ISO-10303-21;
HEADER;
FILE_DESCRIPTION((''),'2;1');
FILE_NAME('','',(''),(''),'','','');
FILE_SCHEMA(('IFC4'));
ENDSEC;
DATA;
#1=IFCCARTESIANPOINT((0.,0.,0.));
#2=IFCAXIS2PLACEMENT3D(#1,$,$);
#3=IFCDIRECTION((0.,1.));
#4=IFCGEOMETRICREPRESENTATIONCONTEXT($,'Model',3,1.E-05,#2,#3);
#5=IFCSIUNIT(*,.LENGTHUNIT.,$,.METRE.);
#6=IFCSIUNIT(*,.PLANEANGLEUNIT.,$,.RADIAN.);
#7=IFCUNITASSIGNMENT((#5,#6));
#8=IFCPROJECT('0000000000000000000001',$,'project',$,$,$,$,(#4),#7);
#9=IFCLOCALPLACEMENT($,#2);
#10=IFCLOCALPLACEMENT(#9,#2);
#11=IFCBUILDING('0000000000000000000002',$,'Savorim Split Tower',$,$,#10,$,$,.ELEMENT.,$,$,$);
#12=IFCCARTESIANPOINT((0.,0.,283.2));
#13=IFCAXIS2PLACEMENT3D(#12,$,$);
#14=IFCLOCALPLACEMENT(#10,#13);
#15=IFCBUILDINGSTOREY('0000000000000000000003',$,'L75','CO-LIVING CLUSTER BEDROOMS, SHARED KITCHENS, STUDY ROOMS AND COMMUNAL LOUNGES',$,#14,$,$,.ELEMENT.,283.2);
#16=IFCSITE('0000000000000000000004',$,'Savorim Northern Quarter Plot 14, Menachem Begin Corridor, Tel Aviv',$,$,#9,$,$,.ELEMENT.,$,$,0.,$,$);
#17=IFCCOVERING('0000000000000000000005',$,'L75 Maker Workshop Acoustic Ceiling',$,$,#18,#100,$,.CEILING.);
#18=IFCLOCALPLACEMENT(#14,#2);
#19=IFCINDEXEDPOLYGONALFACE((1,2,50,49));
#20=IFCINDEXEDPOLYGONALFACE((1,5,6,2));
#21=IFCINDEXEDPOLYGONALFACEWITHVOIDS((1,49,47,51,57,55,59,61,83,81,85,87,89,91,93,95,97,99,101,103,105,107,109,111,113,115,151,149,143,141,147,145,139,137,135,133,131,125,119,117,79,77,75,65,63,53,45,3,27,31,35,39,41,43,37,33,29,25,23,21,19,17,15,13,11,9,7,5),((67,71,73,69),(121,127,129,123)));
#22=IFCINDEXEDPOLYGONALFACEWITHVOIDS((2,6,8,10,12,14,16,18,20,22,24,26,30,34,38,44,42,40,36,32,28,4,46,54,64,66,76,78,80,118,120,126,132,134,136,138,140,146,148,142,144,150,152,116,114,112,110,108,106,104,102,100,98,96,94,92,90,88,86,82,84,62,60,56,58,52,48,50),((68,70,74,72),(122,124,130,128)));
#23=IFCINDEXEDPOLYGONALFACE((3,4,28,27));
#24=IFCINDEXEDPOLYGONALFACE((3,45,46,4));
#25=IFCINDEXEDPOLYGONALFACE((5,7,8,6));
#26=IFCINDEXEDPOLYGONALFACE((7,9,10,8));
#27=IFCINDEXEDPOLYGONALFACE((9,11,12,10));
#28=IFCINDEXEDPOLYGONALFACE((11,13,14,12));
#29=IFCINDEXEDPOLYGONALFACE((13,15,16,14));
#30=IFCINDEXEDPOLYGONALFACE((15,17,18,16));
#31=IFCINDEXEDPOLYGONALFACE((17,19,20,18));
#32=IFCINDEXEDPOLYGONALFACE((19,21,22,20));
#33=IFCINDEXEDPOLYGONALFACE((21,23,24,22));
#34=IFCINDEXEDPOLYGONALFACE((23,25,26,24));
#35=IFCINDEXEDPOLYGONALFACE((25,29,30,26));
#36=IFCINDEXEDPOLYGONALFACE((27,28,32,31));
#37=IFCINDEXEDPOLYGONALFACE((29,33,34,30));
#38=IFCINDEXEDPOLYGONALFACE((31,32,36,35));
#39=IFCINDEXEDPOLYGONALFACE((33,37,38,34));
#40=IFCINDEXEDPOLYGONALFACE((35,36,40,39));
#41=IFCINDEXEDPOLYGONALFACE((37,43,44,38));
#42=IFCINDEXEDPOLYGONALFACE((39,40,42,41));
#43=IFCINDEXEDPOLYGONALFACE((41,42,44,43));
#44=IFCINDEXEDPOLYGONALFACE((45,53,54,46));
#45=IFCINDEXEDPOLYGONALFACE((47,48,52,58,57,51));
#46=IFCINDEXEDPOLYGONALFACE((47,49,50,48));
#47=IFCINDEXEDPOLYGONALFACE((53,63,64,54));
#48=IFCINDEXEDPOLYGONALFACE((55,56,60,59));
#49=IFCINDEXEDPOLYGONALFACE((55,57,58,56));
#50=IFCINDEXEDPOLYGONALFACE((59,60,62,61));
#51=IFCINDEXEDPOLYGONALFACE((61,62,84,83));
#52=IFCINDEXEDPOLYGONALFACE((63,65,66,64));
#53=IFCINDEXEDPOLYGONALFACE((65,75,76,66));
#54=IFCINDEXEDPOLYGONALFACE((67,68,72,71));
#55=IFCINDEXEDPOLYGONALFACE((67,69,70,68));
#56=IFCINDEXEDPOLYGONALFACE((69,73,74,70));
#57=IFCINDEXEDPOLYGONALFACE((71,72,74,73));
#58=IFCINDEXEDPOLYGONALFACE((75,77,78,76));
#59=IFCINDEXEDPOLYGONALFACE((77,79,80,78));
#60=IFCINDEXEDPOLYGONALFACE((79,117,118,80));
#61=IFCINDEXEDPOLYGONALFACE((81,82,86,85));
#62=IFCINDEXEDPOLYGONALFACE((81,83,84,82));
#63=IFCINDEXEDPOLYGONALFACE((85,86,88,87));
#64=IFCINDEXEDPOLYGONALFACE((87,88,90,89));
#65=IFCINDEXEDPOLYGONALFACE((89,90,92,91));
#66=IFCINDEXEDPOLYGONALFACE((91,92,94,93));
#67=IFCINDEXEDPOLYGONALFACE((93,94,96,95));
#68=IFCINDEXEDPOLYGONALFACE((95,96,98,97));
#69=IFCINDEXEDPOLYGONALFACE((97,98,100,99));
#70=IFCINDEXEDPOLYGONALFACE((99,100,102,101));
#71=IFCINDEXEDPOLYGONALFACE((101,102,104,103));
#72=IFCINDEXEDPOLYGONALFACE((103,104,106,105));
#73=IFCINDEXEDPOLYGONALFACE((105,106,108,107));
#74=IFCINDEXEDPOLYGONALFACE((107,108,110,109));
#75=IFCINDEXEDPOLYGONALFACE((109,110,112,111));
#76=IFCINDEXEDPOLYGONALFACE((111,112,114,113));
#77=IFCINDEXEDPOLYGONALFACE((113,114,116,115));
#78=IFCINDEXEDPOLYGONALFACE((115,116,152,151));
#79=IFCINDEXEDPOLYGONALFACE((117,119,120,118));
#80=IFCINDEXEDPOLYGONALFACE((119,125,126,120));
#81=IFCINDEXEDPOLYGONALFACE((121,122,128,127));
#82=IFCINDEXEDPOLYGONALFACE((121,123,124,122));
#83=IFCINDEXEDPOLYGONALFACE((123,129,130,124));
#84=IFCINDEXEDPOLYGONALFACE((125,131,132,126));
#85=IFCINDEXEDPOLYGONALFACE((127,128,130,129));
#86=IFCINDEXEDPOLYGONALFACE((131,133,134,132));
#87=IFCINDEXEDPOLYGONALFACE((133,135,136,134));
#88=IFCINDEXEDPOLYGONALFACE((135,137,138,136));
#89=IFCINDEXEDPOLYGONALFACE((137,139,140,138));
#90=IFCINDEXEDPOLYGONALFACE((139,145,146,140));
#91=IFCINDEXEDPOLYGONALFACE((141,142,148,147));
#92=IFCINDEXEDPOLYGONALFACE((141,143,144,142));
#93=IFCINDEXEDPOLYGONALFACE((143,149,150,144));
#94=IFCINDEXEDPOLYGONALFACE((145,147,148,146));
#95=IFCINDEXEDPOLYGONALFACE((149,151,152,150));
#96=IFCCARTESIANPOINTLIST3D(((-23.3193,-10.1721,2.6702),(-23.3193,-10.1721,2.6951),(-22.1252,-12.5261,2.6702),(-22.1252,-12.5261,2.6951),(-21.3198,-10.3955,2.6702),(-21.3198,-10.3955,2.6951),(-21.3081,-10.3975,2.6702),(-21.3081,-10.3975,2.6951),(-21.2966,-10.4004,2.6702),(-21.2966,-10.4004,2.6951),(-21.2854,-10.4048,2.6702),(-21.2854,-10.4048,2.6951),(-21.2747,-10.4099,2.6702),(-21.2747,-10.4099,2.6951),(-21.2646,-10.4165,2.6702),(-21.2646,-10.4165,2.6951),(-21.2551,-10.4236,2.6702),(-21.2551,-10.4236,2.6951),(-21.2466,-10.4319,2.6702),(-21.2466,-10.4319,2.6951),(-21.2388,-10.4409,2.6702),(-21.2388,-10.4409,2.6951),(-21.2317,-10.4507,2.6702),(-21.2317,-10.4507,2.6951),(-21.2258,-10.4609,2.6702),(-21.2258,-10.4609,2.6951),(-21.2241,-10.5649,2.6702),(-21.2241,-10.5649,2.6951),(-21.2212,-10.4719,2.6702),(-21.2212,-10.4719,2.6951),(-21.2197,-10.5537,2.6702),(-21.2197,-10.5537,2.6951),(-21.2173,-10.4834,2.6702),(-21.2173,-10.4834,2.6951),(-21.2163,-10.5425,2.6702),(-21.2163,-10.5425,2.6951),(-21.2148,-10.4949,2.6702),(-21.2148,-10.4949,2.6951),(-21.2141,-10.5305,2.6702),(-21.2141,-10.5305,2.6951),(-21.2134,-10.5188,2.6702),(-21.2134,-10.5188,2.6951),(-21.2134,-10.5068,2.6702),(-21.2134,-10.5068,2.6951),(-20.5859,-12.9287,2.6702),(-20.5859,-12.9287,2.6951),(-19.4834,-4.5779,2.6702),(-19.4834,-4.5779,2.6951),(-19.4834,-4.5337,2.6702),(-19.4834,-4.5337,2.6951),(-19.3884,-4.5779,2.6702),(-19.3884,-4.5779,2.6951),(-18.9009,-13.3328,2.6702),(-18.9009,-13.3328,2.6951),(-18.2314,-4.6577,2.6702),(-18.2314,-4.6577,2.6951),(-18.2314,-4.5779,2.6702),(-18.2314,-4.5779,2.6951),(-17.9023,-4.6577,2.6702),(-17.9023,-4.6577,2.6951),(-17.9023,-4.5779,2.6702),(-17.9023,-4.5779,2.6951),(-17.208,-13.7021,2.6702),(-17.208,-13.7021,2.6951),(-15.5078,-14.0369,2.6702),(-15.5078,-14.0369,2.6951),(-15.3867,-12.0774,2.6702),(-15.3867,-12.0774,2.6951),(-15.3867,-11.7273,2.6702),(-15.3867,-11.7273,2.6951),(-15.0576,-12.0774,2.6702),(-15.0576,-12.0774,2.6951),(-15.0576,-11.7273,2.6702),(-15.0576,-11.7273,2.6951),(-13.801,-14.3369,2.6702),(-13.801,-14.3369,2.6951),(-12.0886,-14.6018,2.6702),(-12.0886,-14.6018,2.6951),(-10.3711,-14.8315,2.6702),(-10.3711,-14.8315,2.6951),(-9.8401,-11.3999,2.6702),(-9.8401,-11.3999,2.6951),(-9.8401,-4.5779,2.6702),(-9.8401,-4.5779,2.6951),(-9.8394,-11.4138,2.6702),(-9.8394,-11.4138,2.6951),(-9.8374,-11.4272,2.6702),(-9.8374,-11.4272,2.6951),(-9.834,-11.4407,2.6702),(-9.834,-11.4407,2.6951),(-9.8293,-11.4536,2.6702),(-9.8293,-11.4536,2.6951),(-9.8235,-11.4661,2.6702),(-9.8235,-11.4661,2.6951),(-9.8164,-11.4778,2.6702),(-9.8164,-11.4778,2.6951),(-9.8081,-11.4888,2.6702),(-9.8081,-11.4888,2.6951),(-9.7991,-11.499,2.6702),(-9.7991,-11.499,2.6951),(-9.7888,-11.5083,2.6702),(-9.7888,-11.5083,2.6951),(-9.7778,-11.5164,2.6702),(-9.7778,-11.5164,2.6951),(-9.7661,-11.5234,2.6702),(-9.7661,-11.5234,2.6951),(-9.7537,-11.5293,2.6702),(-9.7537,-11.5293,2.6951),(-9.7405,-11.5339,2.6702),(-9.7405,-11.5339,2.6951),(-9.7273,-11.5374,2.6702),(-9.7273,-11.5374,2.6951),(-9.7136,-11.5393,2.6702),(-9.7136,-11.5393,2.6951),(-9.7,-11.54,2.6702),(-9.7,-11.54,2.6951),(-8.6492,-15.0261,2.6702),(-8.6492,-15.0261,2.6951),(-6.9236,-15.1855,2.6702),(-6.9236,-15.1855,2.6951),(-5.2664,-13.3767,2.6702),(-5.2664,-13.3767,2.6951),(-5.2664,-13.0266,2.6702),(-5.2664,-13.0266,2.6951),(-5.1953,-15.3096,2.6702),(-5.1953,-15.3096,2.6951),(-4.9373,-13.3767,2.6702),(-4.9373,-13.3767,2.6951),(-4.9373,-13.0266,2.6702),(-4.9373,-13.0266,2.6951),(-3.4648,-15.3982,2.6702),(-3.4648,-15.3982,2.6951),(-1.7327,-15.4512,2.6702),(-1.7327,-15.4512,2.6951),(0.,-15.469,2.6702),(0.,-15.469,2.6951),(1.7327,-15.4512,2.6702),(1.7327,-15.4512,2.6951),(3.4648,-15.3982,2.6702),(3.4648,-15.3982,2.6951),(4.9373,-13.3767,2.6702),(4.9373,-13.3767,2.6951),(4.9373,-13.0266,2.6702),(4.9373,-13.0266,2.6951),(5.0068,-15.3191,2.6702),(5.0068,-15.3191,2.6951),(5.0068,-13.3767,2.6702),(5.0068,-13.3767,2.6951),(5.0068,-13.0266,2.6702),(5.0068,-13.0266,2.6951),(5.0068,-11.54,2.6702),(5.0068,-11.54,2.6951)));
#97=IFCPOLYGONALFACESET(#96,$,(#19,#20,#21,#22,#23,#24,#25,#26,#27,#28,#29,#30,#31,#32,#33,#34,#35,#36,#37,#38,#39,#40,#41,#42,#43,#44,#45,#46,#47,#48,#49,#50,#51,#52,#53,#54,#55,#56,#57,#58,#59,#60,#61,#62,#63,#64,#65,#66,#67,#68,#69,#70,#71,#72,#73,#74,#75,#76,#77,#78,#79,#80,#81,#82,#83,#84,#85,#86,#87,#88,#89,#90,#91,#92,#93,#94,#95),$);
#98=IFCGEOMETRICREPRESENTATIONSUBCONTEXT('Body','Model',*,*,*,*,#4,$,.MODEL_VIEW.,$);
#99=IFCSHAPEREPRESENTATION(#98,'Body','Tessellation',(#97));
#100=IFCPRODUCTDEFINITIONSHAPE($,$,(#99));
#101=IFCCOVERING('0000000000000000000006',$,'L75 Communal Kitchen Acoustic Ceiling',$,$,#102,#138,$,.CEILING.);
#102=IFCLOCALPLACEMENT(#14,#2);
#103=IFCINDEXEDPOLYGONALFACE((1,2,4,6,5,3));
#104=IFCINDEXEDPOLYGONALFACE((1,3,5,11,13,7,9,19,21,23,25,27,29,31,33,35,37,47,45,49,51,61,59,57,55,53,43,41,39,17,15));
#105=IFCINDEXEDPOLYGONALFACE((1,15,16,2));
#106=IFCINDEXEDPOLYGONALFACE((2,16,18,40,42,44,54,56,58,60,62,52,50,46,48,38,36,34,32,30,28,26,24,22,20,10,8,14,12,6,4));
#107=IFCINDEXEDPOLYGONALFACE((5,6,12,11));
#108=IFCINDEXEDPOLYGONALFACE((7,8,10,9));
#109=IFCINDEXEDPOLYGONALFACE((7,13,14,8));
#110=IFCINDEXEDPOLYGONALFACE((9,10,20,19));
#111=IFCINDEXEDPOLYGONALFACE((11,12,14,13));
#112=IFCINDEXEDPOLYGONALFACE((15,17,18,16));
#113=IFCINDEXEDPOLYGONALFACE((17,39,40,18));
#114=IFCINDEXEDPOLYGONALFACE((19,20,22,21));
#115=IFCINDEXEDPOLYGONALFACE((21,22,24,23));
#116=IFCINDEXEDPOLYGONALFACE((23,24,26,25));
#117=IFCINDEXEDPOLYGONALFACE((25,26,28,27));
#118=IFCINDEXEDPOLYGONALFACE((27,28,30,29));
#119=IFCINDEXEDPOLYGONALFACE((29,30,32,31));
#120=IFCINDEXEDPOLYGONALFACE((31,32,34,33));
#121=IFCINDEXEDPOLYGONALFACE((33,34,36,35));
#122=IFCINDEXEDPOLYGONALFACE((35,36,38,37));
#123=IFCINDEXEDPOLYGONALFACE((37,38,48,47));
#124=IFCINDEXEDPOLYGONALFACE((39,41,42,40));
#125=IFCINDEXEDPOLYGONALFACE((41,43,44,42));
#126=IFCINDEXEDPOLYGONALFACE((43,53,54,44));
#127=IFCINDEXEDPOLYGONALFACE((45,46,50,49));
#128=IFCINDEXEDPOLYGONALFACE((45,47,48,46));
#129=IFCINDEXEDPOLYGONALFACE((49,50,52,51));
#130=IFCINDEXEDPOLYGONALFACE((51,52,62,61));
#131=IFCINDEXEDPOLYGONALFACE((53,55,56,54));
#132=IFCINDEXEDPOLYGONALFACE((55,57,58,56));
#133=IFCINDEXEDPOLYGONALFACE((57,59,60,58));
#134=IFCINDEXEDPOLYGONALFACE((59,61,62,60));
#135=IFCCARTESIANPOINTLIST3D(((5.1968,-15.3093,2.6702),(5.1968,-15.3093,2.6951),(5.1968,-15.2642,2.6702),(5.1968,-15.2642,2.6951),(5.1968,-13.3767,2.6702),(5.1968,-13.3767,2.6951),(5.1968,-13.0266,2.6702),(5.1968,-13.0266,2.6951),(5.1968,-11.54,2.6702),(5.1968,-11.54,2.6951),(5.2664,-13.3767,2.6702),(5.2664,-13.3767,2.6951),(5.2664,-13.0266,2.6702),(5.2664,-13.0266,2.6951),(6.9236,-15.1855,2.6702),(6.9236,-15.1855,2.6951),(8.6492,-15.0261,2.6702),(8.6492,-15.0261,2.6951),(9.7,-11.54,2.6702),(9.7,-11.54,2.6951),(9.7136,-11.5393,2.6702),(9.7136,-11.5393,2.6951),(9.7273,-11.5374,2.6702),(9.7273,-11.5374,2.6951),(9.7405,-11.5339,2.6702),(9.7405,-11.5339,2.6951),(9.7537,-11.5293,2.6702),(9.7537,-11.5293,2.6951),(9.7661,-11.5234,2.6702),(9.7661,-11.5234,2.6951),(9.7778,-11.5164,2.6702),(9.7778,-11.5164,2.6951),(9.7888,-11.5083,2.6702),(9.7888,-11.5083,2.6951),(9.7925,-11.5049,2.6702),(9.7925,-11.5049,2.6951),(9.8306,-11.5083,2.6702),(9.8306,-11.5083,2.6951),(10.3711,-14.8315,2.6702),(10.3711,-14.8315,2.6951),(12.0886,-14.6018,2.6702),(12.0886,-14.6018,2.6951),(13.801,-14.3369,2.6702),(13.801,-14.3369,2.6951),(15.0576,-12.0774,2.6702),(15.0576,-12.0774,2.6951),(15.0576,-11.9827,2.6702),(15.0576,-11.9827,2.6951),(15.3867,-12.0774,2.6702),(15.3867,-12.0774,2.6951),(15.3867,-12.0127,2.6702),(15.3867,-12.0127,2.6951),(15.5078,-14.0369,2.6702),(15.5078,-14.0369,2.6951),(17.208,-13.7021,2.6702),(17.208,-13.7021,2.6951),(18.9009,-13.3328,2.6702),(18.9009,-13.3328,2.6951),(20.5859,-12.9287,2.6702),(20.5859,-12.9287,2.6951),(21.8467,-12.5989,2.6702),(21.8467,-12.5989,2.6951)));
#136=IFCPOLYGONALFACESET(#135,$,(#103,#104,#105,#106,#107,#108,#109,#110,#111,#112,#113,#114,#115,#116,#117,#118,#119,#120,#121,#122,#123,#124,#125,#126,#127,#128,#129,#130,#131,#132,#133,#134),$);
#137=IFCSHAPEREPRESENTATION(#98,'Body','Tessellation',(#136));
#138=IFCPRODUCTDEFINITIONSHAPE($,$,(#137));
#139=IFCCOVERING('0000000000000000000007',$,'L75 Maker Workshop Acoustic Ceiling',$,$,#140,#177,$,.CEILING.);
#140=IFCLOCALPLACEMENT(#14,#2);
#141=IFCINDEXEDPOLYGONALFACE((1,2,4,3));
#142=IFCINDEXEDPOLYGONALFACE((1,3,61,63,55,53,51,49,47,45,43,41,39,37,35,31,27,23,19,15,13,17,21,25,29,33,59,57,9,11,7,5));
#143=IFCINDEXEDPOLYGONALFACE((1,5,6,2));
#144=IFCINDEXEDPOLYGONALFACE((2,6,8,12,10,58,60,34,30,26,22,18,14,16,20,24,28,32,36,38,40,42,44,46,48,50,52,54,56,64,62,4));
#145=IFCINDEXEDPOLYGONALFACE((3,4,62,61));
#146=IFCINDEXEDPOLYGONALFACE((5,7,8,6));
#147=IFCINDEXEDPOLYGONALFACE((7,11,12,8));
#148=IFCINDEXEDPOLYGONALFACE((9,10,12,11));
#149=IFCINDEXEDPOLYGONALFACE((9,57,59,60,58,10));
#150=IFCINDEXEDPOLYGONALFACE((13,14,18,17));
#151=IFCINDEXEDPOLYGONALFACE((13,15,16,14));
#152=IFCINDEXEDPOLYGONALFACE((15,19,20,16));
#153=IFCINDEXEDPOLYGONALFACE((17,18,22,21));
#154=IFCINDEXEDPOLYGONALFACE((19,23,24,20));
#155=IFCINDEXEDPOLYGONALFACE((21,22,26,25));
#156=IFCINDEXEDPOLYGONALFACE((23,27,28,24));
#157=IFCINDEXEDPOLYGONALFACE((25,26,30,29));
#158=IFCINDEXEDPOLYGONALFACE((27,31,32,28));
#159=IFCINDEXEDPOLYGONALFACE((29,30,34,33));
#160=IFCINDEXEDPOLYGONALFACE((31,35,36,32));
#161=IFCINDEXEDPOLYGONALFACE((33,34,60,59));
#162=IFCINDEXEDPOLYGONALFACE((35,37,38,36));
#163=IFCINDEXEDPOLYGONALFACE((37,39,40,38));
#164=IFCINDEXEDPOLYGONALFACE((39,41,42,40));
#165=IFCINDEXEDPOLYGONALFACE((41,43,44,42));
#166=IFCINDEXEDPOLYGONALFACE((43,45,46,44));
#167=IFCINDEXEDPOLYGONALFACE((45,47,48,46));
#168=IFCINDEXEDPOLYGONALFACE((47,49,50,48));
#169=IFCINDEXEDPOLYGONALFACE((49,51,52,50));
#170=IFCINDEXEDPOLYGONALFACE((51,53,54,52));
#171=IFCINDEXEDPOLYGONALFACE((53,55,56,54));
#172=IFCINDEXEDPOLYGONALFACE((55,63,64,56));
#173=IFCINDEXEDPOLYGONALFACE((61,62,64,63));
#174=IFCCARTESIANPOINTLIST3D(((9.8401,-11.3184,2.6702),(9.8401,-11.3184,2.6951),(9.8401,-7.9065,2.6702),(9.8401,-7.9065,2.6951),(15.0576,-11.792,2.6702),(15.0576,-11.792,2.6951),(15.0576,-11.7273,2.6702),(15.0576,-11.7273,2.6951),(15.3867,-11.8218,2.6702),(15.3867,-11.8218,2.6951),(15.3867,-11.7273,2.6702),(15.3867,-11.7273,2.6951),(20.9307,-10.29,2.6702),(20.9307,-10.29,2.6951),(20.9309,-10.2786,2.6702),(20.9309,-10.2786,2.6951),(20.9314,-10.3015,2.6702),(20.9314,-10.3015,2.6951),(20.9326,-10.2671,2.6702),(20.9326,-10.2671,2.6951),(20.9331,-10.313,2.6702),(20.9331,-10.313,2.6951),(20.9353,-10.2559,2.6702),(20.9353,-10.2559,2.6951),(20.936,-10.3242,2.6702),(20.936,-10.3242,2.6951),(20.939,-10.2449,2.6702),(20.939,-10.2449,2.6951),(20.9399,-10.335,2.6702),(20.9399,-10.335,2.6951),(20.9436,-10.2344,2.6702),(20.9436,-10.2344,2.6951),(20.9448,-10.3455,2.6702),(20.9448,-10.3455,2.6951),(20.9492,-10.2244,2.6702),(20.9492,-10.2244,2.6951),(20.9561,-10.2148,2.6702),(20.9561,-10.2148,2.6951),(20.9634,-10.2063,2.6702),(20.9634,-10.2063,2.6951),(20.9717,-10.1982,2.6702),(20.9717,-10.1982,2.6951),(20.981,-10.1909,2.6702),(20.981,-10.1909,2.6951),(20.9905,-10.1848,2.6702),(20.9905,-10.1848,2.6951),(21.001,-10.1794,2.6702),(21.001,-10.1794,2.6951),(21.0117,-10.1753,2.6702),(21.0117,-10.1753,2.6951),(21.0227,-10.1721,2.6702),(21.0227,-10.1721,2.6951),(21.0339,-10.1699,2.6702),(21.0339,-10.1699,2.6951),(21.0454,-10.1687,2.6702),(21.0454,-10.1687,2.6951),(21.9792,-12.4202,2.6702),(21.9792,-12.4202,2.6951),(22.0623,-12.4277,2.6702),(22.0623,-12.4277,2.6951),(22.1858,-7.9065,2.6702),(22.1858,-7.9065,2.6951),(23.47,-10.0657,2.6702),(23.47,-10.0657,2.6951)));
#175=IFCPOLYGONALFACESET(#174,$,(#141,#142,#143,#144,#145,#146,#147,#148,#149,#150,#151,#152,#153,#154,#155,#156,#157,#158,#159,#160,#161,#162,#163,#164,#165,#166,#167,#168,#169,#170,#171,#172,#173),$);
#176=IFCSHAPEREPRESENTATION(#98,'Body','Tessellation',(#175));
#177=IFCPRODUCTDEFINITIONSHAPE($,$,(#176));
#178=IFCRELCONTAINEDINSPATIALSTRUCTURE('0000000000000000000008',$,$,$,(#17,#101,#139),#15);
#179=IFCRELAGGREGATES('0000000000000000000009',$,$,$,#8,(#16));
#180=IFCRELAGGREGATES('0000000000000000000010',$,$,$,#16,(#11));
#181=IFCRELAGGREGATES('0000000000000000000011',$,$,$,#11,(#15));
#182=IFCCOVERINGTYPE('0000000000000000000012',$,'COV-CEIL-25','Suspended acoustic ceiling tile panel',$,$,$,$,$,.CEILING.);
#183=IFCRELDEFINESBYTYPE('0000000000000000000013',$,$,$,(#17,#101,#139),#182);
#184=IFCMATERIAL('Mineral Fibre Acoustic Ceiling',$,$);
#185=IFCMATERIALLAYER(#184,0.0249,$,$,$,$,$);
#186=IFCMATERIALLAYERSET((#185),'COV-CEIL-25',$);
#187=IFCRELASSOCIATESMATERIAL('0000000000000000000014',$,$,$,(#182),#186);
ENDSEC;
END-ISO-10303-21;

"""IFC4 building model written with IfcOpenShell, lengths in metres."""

from ifc_helpers import new_model, si_unit, direction, frame, origin, place, context, subcontext, project, spatial, polyline, outline, extrude, material, layer, layer_set, type_object, element, save


model = new_model("IFC4")

# Units and contexts
model_context = context("Model", 3, precision=1e-05, world=origin(), true_north=direction((0.0, 1.0)))
body_context = subcontext(model_context, "Body", "Model", "MODEL_VIEW")
ifc_project = project(units=[si_unit("LENGTHUNIT", "METRE"), si_unit("PLANEANGLEUNIT", "RADIAN")], contexts=[model_context])

# Site, building, storey
site_placement = place(None, origin())
site = spatial("IfcSite", under=ifc_project, at=site_placement, Name="Savorim Northern Quarter Plot 14, Menachem Begin Corridor, Tel Aviv", CompositionType="ELEMENT", RefElevation=0.0)
building_placement = place(site_placement, origin())
building = spatial("IfcBuilding", under=site, at=building_placement, Name="Savorim Split Tower", CompositionType="ELEMENT")
storey_placement = place(building_placement, frame((0.0, 0.0, 283.2)))
storey = spatial("IfcBuildingStorey", under=building, at=storey_placement, Name="L75", Description="CO-LIVING CLUSTER BEDROOMS, SHARED KITCHENS, STUDY ROOMS AND COMMUNAL LOUNGES", CompositionType="ELEMENT", Elevation=283.2)

# Coverings
ifc_material_1 = material(Name="Mineral Fibre Acoustic Ceiling")
ifc_layer_1 = layer(ifc_material_1, 0.0249)
ifc_layer_set_1 = layer_set([ifc_layer_1], Name="COV-CEIL-25")
covering_type_1 = type_object("IfcCoveringType", Name="COV-CEIL-25", Description="Suspended acoustic ceiling tile panel", PredefinedType="CEILING", material=ifc_layer_set_1)
covering_1_placement = place(storey_placement, frame((0.0, 0.0, 2.6702)))
element("IfcCovering", 1, at=covering_1_placement, inside=storey, type_object=covering_type_1, Name="L75 Maker Workshop Acoustic Ceiling", PredefinedType="CEILING", context=body_context, shape_type="SweptSolid", body=[
    extrude(outline(polyline([(-21.2134, -10.5068), (-21.2134, -10.5188), (-21.2141, -10.5305), (-21.2163, -10.5425), (-21.2197, -10.5537), (-21.2241, -10.5649), (-22.1252, -12.5261), (-20.5859, -12.9287), (-18.9009, -13.3328), (-17.208, -13.7021), (-15.5078, -14.0369), (-13.801, -14.3369), (-12.0886, -14.6018), (-10.3711, -14.8315), (-8.6492, -15.0261), (-6.9236, -15.1855), (-5.1953, -15.3096), (-3.4648, -15.3982), (-1.7327, -15.4512), (0.0, -15.469), (1.7327, -15.4512), (3.4648, -15.3982), (5.0068, -15.3191), (5.0068, -13.3767), (4.9373, -13.3767), (4.9373, -13.0266), (5.0068, -13.0266), (5.0068, -11.54), (-9.7, -11.54), (-9.7136, -11.5393), (-9.7273, -11.5374), (-9.7405, -11.5339), (-9.7537, -11.5293), (-9.7661, -11.5234), (-9.7778, -11.5164), (-9.7888, -11.5083), (-9.7991, -11.499), (-9.8081, -11.4888), (-9.8164, -11.4778), (-9.8235, -11.4661), (-9.8293, -11.4536), (-9.834, -11.4407), (-9.8374, -11.4272), (-9.8394, -11.4138), (-9.8401, -11.3999), (-9.8401, -4.5779), (-17.9023, -4.5779), (-17.9023, -4.6577), (-18.2314, -4.6577), (-18.2314, -4.5779), (-19.3884, -4.5779), (-19.4834, -4.5779), (-19.4834, -4.5337), (-23.3193, -10.1721), (-21.3198, -10.3955), (-21.3081, -10.3975), (-21.2966, -10.4004), (-21.2854, -10.4048), (-21.2747, -10.4099), (-21.2646, -10.4165), (-21.2551, -10.4236), (-21.2466, -10.4319), (-21.2388, -10.4409), (-21.2317, -10.4507), (-21.2258, -10.4609), (-21.2212, -10.4719), (-21.2173, -10.4834), (-21.2148, -10.4949), (-21.2134, -10.5068)]), holes=[polyline([(-15.3867, -12.0774), (-15.0576, -12.0774), (-15.0576, -11.7273), (-15.3867, -11.7273), (-15.3867, -12.0774)]), polyline([(-5.2664, -13.3767), (-4.9373, -13.3767), (-4.9373, -13.0266), (-5.2664, -13.0266), (-5.2664, -13.3767)])]), origin(), (0.0, 0.0, 1.0), 0.0249),
])
covering_2_placement = place(storey_placement, frame((0.0, 0.0, 2.6702)))
element("IfcCovering", 2, at=covering_2_placement, inside=storey, type_object=covering_type_1, Name="L75 Communal Kitchen Acoustic Ceiling", PredefinedType="CEILING", context=body_context, shape_type="SweptSolid", body=[
    extrude(outline(polyline([(15.5078, -14.0369), (17.208, -13.7021), (18.9009, -13.3328), (20.5859, -12.9287), (21.8467, -12.5989), (15.3867, -12.0127), (15.3867, -12.0774), (15.0576, -12.0774), (15.0576, -11.9827), (9.8306, -11.5083), (9.7925, -11.5049), (9.7888, -11.5083), (9.7778, -11.5164), (9.7661, -11.5234), (9.7537, -11.5293), (9.7405, -11.5339), (9.7273, -11.5374), (9.7136, -11.5393), (9.7, -11.54), (5.1968, -11.54), (5.1968, -13.0266), (5.2664, -13.0266), (5.2664, -13.3767), (5.1968, -13.3767), (5.1968, -15.2642), (5.1968, -15.3093), (6.9236, -15.1855), (8.6492, -15.0261), (10.3711, -14.8315), (12.0886, -14.6018), (13.801, -14.3369), (15.5078, -14.0369)])), origin(), (0.0, 0.0, 1.0), 0.0249),
])
covering_3_placement = place(storey_placement, frame((0.0, 0.0, 2.6702)))
element("IfcCovering", 3, at=covering_3_placement, inside=storey, type_object=covering_type_1, Name="L75 Maker Workshop Acoustic Ceiling", PredefinedType="CEILING", context=body_context, shape_type="SweptSolid", body=[
    extrude(outline(polyline([(21.0227, -10.1721), (21.0339, -10.1699), (21.0454, -10.1687), (23.47, -10.0657), (22.1858, -7.9065), (9.8401, -7.9065), (9.8401, -11.3184), (15.0576, -11.792), (15.0576, -11.7273), (15.3867, -11.7273), (15.3867, -11.8218), (21.9792, -12.4202), (22.0623, -12.4277), (20.9448, -10.3455), (20.9399, -10.335), (20.936, -10.3242), (20.9331, -10.313), (20.9314, -10.3015), (20.9307, -10.29), (20.9309, -10.2786), (20.9326, -10.2671), (20.9353, -10.2559), (20.939, -10.2449), (20.9436, -10.2344), (20.9492, -10.2244), (20.9561, -10.2148), (20.9634, -10.2063), (20.9717, -10.1982), (20.981, -10.1909), (20.9905, -10.1848), (21.001, -10.1794), (21.0117, -10.1753), (21.0227, -10.1721)])), origin(), (0.0, 0.0, 1.0), 0.0249),
])

save(model, "model.ifc")
